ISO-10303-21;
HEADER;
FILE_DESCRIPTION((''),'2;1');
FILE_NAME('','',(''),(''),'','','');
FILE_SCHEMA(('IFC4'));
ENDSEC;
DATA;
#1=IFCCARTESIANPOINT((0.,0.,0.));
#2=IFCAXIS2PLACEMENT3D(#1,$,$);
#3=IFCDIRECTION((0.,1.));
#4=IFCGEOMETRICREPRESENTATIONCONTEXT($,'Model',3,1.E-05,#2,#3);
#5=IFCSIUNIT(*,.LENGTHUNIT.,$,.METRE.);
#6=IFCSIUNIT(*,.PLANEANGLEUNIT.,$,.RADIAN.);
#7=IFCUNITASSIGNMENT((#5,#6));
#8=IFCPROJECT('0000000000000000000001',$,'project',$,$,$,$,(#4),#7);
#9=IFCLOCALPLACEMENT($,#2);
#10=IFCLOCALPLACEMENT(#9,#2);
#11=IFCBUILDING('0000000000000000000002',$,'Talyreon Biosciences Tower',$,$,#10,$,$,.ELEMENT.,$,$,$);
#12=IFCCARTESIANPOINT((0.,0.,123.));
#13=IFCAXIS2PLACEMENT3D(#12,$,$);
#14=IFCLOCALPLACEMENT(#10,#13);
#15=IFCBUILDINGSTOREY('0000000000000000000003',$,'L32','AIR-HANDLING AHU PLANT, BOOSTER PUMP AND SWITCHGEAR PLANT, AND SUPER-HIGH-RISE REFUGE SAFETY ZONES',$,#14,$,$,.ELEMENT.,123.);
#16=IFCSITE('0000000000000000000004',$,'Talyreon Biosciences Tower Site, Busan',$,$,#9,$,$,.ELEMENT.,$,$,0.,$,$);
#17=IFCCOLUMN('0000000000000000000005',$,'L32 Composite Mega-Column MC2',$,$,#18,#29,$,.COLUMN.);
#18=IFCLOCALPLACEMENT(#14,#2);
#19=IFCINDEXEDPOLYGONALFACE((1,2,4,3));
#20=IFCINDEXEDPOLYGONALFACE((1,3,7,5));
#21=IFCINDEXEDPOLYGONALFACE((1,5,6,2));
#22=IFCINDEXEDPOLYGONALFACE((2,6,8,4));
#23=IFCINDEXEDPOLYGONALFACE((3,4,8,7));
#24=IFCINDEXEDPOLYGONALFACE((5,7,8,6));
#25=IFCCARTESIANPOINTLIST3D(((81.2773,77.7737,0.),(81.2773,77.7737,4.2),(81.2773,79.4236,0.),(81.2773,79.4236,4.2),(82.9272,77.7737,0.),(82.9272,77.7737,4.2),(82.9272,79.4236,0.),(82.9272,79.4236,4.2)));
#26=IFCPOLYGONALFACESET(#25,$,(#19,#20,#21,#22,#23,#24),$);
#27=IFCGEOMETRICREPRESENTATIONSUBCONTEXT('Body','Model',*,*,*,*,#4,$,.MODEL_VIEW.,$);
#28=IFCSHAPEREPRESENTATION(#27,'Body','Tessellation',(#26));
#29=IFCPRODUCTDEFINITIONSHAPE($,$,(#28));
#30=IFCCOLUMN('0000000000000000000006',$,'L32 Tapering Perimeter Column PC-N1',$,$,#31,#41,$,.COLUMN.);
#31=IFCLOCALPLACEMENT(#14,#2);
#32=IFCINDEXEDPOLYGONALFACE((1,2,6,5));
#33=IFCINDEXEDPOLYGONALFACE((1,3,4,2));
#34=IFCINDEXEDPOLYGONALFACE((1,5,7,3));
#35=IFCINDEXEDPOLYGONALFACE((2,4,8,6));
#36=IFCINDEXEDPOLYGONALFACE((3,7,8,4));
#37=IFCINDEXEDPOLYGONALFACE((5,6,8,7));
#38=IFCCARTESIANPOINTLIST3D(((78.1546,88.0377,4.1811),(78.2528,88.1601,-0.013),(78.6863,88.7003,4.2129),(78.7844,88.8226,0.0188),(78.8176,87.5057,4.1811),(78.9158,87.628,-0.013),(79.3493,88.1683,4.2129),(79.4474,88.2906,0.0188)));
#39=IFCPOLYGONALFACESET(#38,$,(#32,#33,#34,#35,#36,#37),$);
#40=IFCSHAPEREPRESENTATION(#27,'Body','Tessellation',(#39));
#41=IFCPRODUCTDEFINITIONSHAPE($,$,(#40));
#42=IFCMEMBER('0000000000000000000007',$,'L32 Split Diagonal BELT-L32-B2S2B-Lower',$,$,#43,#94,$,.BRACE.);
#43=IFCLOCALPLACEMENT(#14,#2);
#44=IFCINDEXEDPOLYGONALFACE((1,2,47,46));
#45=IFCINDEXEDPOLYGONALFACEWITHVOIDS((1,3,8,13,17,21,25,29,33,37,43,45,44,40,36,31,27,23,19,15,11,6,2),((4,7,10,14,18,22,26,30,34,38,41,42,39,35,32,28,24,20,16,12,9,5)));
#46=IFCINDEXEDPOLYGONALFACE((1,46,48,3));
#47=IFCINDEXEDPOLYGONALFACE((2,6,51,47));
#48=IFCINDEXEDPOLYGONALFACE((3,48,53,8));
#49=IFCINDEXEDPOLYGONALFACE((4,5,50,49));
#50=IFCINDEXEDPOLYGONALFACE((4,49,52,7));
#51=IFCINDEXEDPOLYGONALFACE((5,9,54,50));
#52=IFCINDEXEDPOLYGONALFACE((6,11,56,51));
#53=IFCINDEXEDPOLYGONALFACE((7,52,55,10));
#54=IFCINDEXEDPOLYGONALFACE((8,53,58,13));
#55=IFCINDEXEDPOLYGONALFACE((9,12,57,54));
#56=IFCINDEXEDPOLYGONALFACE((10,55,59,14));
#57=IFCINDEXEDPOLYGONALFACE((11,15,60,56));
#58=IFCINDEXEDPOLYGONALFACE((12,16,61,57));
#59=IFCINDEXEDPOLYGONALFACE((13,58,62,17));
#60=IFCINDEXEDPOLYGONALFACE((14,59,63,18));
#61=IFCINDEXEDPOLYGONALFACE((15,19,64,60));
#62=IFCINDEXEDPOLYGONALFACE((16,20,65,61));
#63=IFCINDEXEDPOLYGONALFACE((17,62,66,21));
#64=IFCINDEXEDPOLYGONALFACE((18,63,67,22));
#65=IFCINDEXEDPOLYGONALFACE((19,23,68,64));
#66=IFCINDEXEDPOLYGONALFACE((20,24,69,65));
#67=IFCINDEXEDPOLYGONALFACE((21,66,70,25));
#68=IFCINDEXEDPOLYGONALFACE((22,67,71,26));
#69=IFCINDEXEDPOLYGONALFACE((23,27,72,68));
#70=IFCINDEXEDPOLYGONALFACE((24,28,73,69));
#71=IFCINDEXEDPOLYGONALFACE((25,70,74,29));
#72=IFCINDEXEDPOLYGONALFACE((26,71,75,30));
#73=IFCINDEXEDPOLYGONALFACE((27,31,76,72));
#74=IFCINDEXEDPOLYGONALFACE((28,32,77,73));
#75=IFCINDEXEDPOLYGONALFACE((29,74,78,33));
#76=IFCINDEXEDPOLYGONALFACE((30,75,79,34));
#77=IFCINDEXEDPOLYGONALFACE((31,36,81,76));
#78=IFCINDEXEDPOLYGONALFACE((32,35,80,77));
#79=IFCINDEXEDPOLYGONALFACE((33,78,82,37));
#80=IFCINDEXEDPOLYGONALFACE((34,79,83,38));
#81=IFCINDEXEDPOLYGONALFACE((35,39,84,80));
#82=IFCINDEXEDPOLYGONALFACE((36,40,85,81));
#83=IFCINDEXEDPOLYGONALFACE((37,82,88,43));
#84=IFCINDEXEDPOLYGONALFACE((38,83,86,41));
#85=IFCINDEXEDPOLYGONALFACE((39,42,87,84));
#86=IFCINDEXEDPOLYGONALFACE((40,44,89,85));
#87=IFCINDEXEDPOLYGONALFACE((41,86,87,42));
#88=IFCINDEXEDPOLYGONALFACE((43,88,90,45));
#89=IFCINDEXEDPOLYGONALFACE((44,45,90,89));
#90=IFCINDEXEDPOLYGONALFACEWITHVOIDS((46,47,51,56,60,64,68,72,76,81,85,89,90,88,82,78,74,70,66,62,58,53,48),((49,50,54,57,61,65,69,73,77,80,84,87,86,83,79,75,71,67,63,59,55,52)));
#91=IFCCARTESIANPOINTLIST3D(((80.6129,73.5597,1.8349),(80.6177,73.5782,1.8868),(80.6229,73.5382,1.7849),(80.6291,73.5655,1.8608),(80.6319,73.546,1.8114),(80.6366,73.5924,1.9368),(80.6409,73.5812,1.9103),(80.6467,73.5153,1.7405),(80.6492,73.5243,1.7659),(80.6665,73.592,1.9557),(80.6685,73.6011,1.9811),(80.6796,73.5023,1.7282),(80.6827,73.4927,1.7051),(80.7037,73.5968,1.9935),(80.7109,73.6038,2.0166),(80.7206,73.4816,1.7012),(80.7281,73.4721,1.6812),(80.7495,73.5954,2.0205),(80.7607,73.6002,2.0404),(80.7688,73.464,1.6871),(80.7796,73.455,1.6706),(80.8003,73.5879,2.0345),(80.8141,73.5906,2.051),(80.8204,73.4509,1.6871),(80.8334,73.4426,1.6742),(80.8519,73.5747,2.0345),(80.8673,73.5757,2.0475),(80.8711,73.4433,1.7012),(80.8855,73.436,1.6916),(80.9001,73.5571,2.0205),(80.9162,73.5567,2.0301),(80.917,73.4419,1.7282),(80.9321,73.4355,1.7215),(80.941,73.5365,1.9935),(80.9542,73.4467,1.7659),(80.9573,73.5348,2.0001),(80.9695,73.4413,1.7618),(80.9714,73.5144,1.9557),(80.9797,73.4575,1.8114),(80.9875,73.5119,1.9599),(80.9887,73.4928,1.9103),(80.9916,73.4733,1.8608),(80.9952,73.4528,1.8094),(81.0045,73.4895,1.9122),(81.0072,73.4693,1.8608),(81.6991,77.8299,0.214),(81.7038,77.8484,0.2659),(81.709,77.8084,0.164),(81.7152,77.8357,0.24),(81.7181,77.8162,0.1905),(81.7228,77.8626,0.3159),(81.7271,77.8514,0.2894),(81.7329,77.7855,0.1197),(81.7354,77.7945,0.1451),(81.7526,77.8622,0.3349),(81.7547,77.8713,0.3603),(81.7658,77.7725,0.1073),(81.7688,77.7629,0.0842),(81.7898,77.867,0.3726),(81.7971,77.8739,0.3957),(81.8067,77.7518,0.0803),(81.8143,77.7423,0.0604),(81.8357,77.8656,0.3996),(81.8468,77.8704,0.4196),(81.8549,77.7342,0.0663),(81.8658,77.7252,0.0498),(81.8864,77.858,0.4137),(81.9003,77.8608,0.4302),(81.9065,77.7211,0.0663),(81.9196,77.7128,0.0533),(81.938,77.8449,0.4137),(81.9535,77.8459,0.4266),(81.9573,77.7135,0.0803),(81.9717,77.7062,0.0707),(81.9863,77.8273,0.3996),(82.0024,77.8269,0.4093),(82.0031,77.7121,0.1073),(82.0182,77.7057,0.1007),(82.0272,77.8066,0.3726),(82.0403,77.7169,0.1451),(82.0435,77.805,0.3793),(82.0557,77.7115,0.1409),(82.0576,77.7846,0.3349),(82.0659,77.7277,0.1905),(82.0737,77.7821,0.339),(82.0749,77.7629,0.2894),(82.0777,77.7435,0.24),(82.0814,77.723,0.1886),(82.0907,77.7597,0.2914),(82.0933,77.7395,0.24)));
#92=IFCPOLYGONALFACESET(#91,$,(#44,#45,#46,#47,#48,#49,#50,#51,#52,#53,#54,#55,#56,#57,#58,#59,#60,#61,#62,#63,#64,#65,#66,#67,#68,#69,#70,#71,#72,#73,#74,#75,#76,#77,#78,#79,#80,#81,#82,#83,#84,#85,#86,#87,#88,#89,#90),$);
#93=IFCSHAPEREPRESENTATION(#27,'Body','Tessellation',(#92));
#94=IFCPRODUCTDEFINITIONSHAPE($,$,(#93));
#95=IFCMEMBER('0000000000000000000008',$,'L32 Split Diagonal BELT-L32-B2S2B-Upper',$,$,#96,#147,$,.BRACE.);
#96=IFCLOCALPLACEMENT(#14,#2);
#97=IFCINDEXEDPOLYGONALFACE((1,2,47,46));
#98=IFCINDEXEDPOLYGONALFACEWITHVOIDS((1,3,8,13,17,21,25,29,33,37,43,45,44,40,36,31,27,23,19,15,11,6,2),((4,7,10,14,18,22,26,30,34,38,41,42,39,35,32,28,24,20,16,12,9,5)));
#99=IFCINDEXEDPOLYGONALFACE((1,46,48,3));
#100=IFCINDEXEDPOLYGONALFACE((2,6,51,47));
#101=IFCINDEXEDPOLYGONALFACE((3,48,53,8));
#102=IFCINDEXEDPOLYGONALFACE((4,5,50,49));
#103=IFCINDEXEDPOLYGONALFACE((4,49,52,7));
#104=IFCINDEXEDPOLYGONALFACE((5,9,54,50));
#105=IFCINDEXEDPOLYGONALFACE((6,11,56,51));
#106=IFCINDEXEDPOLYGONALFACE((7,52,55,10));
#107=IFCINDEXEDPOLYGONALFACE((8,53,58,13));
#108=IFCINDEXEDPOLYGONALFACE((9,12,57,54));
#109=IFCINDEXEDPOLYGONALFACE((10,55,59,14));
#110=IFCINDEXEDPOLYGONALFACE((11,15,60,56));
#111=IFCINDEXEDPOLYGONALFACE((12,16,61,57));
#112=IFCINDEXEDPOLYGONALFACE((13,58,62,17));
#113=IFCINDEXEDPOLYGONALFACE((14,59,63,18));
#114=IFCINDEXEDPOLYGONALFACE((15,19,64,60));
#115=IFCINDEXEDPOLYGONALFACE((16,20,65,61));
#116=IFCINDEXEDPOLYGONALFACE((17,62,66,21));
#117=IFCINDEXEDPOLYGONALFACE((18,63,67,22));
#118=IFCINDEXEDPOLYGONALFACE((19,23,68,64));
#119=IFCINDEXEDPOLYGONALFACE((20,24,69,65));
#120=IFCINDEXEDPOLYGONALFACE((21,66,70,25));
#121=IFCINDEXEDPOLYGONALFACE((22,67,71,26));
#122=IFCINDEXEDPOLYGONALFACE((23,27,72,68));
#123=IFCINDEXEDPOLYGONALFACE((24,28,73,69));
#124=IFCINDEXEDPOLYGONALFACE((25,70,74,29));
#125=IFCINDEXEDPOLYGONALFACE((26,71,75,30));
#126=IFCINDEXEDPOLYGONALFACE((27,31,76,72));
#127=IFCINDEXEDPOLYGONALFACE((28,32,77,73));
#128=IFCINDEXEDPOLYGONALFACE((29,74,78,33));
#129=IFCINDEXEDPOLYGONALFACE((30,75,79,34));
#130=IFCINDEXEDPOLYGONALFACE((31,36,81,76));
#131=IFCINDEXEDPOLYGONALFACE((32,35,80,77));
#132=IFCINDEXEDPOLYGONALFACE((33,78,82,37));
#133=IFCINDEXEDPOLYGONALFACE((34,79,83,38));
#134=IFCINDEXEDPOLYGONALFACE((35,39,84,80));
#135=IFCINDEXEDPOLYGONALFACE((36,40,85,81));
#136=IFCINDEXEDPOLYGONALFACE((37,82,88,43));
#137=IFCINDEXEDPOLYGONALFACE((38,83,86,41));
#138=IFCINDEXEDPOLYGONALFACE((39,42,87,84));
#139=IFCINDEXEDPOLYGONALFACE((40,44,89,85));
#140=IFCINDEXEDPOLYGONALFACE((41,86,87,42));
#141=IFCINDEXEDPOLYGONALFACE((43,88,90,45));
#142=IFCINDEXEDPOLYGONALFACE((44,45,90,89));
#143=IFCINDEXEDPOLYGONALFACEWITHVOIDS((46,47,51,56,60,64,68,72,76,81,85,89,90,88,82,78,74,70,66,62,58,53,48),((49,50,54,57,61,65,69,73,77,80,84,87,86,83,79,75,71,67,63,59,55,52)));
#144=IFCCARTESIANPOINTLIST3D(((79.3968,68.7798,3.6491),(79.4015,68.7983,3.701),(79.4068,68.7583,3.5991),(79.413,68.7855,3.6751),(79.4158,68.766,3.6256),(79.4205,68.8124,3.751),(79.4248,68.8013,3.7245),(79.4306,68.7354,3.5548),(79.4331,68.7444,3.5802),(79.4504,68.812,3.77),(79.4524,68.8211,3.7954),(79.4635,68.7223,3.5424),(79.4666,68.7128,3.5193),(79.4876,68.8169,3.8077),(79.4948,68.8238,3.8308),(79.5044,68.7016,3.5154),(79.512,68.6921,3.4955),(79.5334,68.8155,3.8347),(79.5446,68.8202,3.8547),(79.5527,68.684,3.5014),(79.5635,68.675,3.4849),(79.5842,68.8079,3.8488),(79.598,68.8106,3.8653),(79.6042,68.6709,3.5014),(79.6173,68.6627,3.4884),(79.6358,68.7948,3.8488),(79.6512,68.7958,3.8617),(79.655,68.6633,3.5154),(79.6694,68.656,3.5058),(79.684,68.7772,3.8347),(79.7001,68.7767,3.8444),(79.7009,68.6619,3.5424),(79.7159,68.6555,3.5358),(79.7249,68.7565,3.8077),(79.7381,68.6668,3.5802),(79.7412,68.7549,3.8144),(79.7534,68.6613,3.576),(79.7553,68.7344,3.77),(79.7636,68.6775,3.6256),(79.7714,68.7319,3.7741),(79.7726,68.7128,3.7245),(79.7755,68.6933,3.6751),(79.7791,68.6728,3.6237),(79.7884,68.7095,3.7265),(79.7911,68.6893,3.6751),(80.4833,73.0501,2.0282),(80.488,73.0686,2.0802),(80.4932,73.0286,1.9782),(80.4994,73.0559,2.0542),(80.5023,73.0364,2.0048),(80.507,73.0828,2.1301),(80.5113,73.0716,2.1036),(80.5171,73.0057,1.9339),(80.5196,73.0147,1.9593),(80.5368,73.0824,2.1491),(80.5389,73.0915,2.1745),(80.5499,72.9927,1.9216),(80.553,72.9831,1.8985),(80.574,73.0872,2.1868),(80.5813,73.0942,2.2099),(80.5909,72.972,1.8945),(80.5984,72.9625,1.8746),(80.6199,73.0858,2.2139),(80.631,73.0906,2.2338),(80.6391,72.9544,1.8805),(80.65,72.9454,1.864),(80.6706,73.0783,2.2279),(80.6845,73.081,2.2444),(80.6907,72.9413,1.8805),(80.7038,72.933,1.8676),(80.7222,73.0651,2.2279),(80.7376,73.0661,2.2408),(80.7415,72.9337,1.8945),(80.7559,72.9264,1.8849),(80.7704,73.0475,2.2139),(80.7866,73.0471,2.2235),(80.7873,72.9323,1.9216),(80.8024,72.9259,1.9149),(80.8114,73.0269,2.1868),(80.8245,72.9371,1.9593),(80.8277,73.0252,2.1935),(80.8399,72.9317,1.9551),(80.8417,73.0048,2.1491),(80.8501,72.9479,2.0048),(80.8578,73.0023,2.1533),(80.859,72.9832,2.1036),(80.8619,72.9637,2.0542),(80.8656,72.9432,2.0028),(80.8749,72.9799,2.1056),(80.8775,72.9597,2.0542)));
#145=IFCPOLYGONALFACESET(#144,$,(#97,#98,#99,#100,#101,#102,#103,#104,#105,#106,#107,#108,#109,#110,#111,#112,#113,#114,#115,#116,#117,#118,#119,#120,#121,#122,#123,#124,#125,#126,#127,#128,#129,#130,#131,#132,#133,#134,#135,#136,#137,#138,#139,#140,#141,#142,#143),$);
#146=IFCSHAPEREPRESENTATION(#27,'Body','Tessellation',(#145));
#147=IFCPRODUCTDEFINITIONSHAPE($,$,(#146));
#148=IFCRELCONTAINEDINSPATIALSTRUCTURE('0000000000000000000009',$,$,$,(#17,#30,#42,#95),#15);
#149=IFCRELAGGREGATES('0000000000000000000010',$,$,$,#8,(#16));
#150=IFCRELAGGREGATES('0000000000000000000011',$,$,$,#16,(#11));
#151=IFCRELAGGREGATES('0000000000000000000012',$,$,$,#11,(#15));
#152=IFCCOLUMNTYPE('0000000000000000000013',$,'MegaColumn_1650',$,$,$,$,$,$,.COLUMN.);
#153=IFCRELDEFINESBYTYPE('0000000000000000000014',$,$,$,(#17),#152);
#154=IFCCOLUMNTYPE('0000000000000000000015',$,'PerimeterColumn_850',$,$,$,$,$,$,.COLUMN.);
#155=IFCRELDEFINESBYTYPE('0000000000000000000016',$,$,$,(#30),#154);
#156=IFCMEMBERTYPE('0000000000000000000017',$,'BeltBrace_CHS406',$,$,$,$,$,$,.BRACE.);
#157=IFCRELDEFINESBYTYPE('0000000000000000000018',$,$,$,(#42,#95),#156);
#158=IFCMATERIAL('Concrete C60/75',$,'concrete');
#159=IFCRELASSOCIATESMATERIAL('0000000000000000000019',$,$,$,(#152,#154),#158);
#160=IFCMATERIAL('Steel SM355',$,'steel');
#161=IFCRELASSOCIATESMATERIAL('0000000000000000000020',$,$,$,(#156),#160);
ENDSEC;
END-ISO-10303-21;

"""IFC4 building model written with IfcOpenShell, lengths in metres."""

from ifc_helpers import new_model, si_unit, direction, frame, origin, origin_2d, place, context, subcontext, project, spatial, rectangle, hollow_circle, extrude, material, material_profile, profile_set, type_object, element, save


model = new_model("IFC4")

# Units and contexts
model_context = context("Model", 3, precision=1e-05, world=origin(), true_north=direction((0.0, 1.0)))
body_context = subcontext(model_context, "Body", "Model", "MODEL_VIEW")
ifc_project = project(units=[si_unit("LENGTHUNIT", "METRE"), si_unit("PLANEANGLEUNIT", "RADIAN")], contexts=[model_context])

# Site, building, storey
site_placement = place(None, origin())
site = spatial("IfcSite", under=ifc_project, at=site_placement, Name="Talyreon Biosciences Tower Site, Busan", CompositionType="ELEMENT", RefElevation=0.0)
building_placement = place(site_placement, origin())
building = spatial("IfcBuilding", under=site, at=building_placement, Name="Talyreon Biosciences Tower", CompositionType="ELEMENT")
storey_placement = place(building_placement, frame((0.0, 0.0, 123.0)))
storey = spatial("IfcBuildingStorey", under=building, at=storey_placement, Name="L32", Description="AIR-HANDLING AHU PLANT, BOOSTER PUMP AND SWITCHGEAR PLANT, AND SUPER-HIGH-RISE REFUGE SAFETY ZONES", CompositionType="ELEMENT", Elevation=123.0)

# Columns
ifc_material_1 = material(Name="Concrete C60/75", Category="concrete")
ifc_material_profile_1 = material_profile(ifc_material_1, rectangle(XDim=1.6499, YDim=1.6499, at=origin_2d()), Name="RC 1650x1650")
ifc_profile_set_1 = profile_set([ifc_material_profile_1], Name="Concrete C60/75")
column_type_1 = type_object("IfcColumnType", Name="MegaColumn_1650", PredefinedType="COLUMN", material=ifc_profile_set_1)
column_1_placement = place(storey_placement, frame((82.1023, 78.5986, 0.0), z_axis=(0.0, 0.0, 1.0), x_axis=(1.0, 0.0, 0.0)))
element("IfcColumn", 1, at=column_1_placement, inside=storey, type_object=column_type_1, Name="L32 Composite Mega-Column MC2", PredefinedType="COLUMN", context=body_context, shape_type="SweptSolid", body=[
    extrude(rectangle(XDim=1.6499, YDim=1.6499, at=origin_2d()), origin(), (0.0, 0.0, 1.0), 4.2),
])
ifc_material_profile_2 = material_profile(ifc_material_1, rectangle(XDim=0.8501, YDim=0.8501, at=origin_2d()), Name="RC 850x850")
ifc_profile_set_2 = profile_set([ifc_material_profile_2], Name="Concrete C60/75")
column_type_2 = type_object("IfcColumnType", Name="PerimeterColumn_850", PredefinedType="COLUMN", material=ifc_profile_set_2)
column_2_placement = place(storey_placement, frame((78.8501, 88.2253, 0.0029), z_axis=(-0.023384, -0.029143, 0.999302), x_axis=(-0.779957, 0.625834, 0.0)))
element("IfcColumn", 2, at=column_2_placement, inside=storey, type_object=column_type_2, Name="L32 Tapering Perimeter Column PC-N1", PredefinedType="COLUMN", context=body_context, shape_type="SweptSolid", body=[
    extrude(rectangle(XDim=0.8501, YDim=0.8501, at=origin_2d()), origin(), (0.0, 0.0, 1.0), 4.197),
])

# Members
ifc_material_2 = material(Name="Steel SM355", Category="steel")
ifc_material_profile_3 = material_profile(ifc_material_2, hollow_circle(Radius=0.2031, WallThickness=0.0161, at=origin_2d()), Name="CHS 406.4x16")
ifc_profile_set_3 = profile_set([ifc_material_profile_3], Name="Steel SM355")
member_type_1 = type_object("IfcMemberType", Name="BeltBrace_CHS406", PredefinedType="BRACE", material=ifc_profile_set_3)
member_1_placement = place(storey_placement, frame((81.8965, 77.7896, 0.24), z_axis=(-0.231353, -0.909553, 0.345236), x_axis=(0.96914, -0.24651, 0.0)))
element("IfcMember", 3, at=member_1_placement, inside=storey, type_object=member_type_1, Name="L32 Split Diagonal BELT-L32-B2S2B-Lower", PredefinedType="BRACE", context=body_context, shape_type="SweptSolid", body=[
    extrude(hollow_circle(Radius=0.2031, WallThickness=0.0161, at=origin_2d()), origin(), (0.0, 0.0, 1.0), 4.6948),
])
member_2_placement = place(storey_placement, frame((80.6807, 73.0098, 2.0542), z_axis=(-0.231403, -0.909543, 0.345232), x_axis=(0.969127, -0.246562, 0.0)))
element("IfcMember", 4, at=member_2_placement, inside=storey, type_object=member_type_1, Name="L32 Split Diagonal BELT-L32-B2S2B-Upper", PredefinedType="BRACE", context=body_context, shape_type="SweptSolid", body=[
    extrude(hollow_circle(Radius=0.2031, WallThickness=0.0161, at=origin_2d()), origin(), (0.0, 0.0, 1.0), 4.6951),
])

save(model, "model.ifc")
